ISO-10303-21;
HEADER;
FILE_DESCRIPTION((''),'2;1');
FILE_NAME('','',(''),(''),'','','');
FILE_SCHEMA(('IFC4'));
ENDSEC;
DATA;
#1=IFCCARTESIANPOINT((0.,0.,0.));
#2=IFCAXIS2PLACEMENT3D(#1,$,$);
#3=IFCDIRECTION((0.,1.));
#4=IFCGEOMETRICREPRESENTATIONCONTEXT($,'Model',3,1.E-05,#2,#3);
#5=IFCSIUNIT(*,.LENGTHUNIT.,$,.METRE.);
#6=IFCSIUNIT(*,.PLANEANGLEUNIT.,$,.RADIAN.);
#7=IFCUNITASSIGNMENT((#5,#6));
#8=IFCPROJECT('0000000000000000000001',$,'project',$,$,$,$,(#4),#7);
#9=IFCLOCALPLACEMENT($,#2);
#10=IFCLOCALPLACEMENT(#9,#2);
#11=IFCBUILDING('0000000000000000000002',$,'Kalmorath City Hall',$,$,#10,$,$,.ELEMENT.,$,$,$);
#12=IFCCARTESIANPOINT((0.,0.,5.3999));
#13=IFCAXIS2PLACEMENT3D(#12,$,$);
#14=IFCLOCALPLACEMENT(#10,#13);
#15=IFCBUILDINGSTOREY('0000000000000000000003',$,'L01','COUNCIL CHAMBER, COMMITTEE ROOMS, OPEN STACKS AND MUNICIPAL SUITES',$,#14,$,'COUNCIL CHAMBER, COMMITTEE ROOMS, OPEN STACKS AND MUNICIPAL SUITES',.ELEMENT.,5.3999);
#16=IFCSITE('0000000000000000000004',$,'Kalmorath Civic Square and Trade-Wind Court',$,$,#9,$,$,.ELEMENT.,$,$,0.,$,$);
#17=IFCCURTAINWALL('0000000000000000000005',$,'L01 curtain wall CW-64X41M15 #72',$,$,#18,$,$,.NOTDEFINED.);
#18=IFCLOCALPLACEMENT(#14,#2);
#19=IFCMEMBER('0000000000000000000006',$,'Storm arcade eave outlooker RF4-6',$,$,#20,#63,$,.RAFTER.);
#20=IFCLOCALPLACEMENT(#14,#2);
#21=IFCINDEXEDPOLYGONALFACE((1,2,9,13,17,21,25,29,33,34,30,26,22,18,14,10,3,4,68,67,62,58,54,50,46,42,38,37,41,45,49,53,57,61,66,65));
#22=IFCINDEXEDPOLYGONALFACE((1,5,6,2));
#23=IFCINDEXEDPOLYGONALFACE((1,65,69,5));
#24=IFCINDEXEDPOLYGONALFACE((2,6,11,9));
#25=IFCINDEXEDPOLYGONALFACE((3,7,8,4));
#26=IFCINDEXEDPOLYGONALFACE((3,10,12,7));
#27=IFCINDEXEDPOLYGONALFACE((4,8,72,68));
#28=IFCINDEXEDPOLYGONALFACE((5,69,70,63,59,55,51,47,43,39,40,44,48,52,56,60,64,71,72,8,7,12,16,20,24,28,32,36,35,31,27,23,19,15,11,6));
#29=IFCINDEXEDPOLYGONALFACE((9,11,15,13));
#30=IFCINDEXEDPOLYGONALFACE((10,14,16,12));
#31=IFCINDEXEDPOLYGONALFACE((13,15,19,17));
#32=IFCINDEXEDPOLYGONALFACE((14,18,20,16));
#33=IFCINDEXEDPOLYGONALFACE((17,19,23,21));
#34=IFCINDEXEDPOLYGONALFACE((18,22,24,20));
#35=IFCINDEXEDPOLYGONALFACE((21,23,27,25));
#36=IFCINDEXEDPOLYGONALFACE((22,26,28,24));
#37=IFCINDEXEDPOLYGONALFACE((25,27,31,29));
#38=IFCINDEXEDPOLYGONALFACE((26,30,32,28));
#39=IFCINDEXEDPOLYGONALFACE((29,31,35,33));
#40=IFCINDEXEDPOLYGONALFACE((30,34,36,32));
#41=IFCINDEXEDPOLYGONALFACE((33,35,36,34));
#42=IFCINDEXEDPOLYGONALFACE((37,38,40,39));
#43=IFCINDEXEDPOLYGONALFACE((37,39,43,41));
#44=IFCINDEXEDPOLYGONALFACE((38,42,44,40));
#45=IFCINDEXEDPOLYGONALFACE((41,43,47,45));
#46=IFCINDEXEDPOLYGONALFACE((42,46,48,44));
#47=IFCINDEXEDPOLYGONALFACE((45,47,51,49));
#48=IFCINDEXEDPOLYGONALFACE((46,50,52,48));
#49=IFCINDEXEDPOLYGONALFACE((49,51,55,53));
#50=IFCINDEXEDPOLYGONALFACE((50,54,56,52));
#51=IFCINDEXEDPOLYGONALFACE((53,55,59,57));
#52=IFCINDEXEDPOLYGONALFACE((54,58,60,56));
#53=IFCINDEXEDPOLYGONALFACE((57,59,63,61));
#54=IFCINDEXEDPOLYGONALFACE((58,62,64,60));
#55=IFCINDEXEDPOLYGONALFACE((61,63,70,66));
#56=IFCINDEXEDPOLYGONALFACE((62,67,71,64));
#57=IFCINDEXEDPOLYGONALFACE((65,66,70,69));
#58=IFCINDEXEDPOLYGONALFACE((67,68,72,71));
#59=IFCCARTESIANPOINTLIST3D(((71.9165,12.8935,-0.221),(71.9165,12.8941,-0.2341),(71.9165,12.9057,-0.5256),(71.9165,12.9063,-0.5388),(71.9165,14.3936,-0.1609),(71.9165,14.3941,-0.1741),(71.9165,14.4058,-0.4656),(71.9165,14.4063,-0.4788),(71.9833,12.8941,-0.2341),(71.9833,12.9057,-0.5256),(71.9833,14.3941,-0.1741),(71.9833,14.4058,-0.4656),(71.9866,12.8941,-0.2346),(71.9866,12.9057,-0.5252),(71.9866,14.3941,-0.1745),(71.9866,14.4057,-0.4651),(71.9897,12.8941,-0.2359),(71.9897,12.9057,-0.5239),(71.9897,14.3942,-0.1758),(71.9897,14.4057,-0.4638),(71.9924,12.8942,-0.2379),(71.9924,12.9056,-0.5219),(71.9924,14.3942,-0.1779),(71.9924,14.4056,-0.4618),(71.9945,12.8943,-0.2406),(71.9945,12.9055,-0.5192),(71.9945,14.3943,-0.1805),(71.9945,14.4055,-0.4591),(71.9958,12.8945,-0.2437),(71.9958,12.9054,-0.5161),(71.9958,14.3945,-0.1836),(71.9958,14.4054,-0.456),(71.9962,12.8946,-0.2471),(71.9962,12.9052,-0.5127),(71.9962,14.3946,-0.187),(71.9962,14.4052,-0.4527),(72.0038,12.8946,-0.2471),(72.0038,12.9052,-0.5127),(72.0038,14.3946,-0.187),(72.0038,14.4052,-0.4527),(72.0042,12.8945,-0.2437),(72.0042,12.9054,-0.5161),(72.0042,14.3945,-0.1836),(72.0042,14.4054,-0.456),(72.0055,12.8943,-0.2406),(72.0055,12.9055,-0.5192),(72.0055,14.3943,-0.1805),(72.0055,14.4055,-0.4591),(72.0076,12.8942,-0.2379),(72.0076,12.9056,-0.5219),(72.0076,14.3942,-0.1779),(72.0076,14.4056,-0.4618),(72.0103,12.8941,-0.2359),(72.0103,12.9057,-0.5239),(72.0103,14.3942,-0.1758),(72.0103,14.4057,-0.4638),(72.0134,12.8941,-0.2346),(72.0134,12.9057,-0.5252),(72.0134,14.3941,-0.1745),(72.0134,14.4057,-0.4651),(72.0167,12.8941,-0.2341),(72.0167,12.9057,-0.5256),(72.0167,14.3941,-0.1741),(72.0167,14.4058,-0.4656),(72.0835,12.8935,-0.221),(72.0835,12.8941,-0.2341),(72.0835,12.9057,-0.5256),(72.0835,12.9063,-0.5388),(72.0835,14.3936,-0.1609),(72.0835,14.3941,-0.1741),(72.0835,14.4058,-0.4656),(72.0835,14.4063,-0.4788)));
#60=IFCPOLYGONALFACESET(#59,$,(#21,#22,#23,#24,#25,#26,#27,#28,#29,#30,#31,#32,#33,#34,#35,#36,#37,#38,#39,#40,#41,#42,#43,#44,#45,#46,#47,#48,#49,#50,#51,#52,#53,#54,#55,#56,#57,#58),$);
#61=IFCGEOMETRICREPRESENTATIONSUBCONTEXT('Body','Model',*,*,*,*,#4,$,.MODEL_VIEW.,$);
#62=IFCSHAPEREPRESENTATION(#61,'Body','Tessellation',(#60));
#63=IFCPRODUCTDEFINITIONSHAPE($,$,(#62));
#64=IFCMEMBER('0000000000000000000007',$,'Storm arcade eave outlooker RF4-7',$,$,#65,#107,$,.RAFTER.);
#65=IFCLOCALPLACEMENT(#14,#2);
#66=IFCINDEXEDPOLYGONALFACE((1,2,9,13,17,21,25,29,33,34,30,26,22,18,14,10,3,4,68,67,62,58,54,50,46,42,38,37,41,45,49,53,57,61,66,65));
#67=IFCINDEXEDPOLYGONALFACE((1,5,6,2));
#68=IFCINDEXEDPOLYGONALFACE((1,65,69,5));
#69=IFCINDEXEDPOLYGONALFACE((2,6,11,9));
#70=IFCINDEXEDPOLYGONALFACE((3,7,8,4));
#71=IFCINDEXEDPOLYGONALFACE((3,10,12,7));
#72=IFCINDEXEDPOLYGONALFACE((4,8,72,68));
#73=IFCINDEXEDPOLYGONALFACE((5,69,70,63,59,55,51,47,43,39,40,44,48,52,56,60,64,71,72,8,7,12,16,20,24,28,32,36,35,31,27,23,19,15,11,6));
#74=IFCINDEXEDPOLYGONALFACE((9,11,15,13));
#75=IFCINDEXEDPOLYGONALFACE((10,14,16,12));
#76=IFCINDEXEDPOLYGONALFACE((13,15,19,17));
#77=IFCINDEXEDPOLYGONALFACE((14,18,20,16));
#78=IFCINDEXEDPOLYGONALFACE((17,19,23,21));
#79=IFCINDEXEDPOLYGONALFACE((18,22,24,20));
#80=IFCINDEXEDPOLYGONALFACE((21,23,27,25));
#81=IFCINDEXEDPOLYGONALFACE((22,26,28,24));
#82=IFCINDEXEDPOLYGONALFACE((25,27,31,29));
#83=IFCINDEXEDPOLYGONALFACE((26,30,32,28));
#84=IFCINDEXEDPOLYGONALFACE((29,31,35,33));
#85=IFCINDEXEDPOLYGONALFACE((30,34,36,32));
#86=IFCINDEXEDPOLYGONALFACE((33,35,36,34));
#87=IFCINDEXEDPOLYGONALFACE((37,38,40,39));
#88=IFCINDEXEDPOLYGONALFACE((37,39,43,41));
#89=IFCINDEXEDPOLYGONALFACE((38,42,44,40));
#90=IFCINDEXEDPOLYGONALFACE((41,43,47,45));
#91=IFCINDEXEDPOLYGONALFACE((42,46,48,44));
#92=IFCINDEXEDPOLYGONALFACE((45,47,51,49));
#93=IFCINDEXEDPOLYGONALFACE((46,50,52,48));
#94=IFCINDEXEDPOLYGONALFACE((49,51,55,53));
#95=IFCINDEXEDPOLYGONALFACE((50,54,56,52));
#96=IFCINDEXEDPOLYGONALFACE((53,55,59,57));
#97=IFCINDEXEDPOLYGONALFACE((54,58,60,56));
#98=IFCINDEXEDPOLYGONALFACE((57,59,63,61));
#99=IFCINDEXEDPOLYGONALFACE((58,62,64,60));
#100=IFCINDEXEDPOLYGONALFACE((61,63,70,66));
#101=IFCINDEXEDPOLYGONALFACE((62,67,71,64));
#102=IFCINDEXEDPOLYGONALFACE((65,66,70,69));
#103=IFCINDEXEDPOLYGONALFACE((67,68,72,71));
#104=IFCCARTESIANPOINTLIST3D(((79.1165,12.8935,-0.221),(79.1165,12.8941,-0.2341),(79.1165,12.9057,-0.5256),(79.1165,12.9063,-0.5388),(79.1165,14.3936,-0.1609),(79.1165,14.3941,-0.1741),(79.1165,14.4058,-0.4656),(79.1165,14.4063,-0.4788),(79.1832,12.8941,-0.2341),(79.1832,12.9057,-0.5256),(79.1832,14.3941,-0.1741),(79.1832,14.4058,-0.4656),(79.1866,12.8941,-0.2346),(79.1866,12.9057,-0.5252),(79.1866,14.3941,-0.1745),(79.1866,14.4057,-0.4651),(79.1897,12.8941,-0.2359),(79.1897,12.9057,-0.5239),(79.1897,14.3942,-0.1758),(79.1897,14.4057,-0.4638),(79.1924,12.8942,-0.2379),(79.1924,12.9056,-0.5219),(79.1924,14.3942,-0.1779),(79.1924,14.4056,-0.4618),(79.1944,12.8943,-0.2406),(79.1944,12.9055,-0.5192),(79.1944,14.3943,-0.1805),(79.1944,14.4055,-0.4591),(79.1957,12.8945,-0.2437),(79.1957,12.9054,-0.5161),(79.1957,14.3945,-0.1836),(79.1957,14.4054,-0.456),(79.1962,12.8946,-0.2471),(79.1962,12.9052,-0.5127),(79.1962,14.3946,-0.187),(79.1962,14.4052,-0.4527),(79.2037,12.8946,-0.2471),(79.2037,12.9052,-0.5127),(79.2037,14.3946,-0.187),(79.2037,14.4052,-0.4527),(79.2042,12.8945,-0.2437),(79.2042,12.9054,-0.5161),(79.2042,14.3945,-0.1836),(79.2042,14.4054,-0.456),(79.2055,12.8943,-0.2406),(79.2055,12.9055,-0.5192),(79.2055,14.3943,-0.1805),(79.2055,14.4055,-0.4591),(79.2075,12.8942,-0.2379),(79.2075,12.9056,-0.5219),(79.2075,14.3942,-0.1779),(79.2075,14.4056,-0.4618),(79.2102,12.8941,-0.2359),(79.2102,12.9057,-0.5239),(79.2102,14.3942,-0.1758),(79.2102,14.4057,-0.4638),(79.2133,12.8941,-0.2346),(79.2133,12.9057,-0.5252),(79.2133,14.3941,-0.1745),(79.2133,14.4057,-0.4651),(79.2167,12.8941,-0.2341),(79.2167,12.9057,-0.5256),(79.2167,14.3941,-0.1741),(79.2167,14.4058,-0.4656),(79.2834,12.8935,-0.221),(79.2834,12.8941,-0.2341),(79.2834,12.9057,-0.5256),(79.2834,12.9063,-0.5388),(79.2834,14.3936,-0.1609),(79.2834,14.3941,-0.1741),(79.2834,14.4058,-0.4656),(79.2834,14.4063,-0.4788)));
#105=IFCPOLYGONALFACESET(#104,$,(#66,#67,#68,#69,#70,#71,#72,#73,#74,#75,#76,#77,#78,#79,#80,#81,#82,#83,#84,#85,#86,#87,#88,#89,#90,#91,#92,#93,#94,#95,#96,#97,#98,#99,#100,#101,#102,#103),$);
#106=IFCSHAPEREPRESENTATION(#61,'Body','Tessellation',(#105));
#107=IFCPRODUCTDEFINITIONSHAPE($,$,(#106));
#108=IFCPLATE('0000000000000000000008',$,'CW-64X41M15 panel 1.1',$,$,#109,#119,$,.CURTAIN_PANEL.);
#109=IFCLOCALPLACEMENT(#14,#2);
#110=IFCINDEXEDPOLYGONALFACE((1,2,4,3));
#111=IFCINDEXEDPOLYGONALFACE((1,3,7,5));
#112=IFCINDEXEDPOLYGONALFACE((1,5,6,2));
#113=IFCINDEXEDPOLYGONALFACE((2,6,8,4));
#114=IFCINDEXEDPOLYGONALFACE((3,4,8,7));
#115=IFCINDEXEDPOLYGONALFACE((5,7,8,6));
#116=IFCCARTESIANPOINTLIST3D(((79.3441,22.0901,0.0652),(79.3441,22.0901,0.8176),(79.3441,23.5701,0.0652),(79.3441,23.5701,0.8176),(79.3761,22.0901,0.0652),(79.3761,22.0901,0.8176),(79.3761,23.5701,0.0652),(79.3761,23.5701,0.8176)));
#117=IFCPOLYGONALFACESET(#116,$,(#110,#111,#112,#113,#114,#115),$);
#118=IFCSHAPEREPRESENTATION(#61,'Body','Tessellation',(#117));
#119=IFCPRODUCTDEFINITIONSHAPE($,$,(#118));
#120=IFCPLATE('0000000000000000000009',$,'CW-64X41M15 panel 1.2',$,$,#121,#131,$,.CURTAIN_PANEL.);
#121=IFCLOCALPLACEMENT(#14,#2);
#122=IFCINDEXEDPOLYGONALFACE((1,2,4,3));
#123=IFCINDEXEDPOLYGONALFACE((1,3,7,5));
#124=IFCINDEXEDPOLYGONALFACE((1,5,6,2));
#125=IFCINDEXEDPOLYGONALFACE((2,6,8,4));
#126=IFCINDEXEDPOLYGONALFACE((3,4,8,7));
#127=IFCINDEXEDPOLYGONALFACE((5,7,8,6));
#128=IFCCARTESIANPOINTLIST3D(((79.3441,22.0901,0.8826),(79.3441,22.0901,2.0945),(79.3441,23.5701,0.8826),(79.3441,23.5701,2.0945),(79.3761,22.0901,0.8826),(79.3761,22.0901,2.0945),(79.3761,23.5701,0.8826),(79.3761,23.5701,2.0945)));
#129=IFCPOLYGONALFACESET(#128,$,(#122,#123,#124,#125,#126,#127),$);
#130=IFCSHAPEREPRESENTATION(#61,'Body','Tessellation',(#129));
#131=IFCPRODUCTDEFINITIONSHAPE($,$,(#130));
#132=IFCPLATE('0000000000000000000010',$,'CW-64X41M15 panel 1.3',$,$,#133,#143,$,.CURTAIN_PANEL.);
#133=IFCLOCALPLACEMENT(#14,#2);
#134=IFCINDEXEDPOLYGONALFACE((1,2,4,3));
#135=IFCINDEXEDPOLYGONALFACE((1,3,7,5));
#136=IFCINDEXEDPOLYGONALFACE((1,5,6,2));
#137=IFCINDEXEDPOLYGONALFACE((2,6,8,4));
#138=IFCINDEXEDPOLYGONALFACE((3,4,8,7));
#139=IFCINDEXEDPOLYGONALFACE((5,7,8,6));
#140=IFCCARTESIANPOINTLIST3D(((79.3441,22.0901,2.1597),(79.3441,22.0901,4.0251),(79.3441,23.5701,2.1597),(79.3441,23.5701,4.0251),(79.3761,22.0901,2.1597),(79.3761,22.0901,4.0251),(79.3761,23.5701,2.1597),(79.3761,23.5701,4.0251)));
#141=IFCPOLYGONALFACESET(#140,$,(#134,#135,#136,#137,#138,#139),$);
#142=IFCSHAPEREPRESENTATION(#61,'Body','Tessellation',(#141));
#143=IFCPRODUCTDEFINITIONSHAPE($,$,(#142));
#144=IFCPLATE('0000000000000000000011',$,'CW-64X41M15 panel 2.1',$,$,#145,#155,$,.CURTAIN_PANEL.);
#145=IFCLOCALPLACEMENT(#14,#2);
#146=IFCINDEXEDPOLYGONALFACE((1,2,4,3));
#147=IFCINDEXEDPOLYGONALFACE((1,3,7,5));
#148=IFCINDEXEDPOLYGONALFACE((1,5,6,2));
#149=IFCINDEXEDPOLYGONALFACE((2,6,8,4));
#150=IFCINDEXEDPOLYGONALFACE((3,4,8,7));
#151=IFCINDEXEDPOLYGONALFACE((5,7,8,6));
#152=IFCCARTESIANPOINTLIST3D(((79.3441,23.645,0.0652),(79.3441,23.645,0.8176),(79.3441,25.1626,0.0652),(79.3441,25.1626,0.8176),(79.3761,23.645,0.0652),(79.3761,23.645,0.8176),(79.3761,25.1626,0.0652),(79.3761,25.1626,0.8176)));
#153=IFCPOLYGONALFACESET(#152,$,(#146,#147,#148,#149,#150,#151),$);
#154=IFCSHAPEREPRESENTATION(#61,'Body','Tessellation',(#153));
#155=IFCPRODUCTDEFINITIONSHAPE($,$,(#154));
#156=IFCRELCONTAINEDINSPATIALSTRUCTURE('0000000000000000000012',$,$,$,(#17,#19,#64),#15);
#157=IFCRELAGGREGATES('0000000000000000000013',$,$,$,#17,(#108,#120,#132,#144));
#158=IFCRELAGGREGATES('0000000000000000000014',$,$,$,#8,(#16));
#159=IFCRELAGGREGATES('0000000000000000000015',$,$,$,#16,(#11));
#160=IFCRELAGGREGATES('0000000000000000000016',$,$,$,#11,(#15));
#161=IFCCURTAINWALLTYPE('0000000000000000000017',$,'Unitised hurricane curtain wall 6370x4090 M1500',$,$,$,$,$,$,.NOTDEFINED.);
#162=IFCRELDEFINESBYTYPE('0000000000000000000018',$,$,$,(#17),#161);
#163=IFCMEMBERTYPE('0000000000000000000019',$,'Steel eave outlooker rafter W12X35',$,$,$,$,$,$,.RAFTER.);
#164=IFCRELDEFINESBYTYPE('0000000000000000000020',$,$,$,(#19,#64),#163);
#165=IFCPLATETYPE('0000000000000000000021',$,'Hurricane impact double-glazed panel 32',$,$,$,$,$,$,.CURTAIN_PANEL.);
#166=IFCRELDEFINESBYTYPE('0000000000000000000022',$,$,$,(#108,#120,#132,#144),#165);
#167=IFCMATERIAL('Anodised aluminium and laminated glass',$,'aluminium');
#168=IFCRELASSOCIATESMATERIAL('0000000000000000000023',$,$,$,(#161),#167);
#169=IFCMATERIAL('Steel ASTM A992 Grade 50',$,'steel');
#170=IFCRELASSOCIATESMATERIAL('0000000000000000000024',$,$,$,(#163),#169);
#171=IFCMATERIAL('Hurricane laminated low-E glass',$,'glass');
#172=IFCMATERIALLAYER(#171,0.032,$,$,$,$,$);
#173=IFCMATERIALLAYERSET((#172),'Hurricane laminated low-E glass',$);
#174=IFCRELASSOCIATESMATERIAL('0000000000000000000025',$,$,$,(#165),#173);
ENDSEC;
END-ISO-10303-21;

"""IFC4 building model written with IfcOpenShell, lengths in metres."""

from ifc_helpers import new_model, si_unit, direction, frame, origin, origin_2d, place, context, subcontext, project, spatial, rectangle, i_section, extrude, material, layer, layer_set, material_profile, profile_set, type_object, element, aggregate, save


model = new_model("IFC4")

# Units and contexts
model_context = context("Model", 3, precision=1e-05, world=origin(), true_north=direction((0.0, 1.0)))
body_context = subcontext(model_context, "Body", "Model", "MODEL_VIEW")
ifc_project = project(units=[si_unit("LENGTHUNIT", "METRE"), si_unit("PLANEANGLEUNIT", "RADIAN")], contexts=[model_context])

# Site, building, storey
site_placement = place(None, origin())
site = spatial("IfcSite", under=ifc_project, at=site_placement, Name="Kalmorath Civic Square and Trade-Wind Court", CompositionType="ELEMENT", RefElevation=0.0)
building_placement = place(site_placement, origin())
building = spatial("IfcBuilding", under=site, at=building_placement, Name="Kalmorath City Hall", CompositionType="ELEMENT")
storey_placement = place(building_placement, frame((0.0, 0.0, 5.3999)))
storey = spatial("IfcBuildingStorey", under=building, at=storey_placement, Name="L01", Description="COUNCIL CHAMBER, COMMITTEE ROOMS, OPEN STACKS AND MUNICIPAL SUITES", LongName="COUNCIL CHAMBER, COMMITTEE ROOMS, OPEN STACKS AND MUNICIPAL SUITES", CompositionType="ELEMENT", Elevation=5.3999)

# Curtain wall
ifc_material_1 = material(Name="Anodised aluminium and laminated glass", Category="aluminium")
curtain_wall_type = type_object("IfcCurtainWallType", Name="Unitised hurricane curtain wall 6370x4090 M1500", PredefinedType="NOTDEFINED", material=ifc_material_1)
curtain_wall_placement = place(storey_placement, origin())
curtain_wall = element("IfcCurtainWall", 1, at=curtain_wall_placement, inside=storey, type_object=curtain_wall_type, Name="L01 curtain wall CW-64X41M15 #72", PredefinedType="NOTDEFINED")

# Members
ifc_material_2 = material(Name="Steel ASTM A992 Grade 50", Category="steel")
ifc_material_profile_1 = material_profile(ifc_material_2, i_section(OverallWidth=0.167, OverallDepth=0.3181, WebThickness=0.0076, FlangeThickness=0.0132, FilletRadius=0.0129, at=origin_2d()), Name="W12X35")
ifc_profile_set_1 = profile_set([ifc_material_profile_1], Name="Steel ASTM A992 Grade 50")
member_type_1 = type_object("IfcMemberType", Name="Steel eave outlooker rafter W12X35", PredefinedType="RAFTER", material=ifc_profile_set_1)
for number, where, z_axis, x_axis, name in (
    (2, (72.0, 12.8999, -0.3799), (0.0, 0.999199, 0.040007), (-1.0, 0.0, 0.0), "Storm arcade eave outlooker RF4-6"),
    (3, (79.2, 12.8999, -0.3799), (0.0, 0.999199, 0.040007), (-1.0, 0.0, 0.0), "Storm arcade eave outlooker RF4-7"),
):
    element("IfcMember", number, at=place(storey_placement, frame(where, z_axis=z_axis, x_axis=x_axis)), inside=storey, type_object=member_type_1, Name=name, PredefinedType="RAFTER", context=body_context, shape_type="SweptSolid", body=[
        extrude(i_section(OverallWidth=0.167, OverallDepth=0.3181, WebThickness=0.0076, FlangeThickness=0.0132, FilletRadius=0.0129, at=origin_2d()), origin(), (0.0, 0.0, 1.0), 1.5012),
    ])

# Plates
ifc_material_3 = material(Name="Hurricane laminated low-E glass", Category="glass")
ifc_layer = layer(ifc_material_3, 0.032)
ifc_layer_set = layer_set([ifc_layer], Name="Hurricane laminated low-E glass")
plate_type = type_object("IfcPlateType", Name="Hurricane impact double-glazed panel 32", PredefinedType="CURTAIN_PANEL", material=ifc_layer_set)
plate_1_placement = place(storey_placement, frame((79.3601, 22.8301, 0.0652), z_axis=(0.0, 0.0, 1.0), x_axis=(0.0, 1.0, 0.0)))
plate_1 = element("IfcPlate", 4, at=plate_1_placement, type_object=plate_type, Name="CW-64X41M15 panel 1.1", PredefinedType="CURTAIN_PANEL", context=body_context, shape_type="SweptSolid", body=[
    extrude(rectangle(XDim=1.48, YDim=0.032, at=origin_2d()), origin(), (0.0, 0.0, 1.0), 0.7524),
])
plate_2_placement = place(storey_placement, frame((79.3601, 22.8301, 0.8826), z_axis=(0.0, 0.0, 1.0), x_axis=(0.0, 1.0, 0.0)))
plate_2 = element("IfcPlate", 5, at=plate_2_placement, type_object=plate_type, Name="CW-64X41M15 panel 1.2", PredefinedType="CURTAIN_PANEL", context=body_context, shape_type="SweptSolid", body=[
    extrude(rectangle(XDim=1.48, YDim=0.032, at=origin_2d()), origin(), (0.0, 0.0, 1.0), 1.2119),
])
plate_3_placement = place(storey_placement, frame((79.3601, 22.8301, 2.1597), z_axis=(0.0, 0.0, 1.0), x_axis=(0.0, 1.0, 0.0)))
plate_3 = element("IfcPlate", 6, at=plate_3_placement, type_object=plate_type, Name="CW-64X41M15 panel 1.3", PredefinedType="CURTAIN_PANEL", context=body_context, shape_type="SweptSolid", body=[
    extrude(rectangle(XDim=1.48, YDim=0.032, at=origin_2d()), origin(), (0.0, 0.0, 1.0), 1.8655),
])
plate_4_placement = place(storey_placement, frame((79.3601, 24.4038, 0.0652), z_axis=(0.0, 0.0, 1.0), x_axis=(0.0, 1.0, 0.0)))
plate_4 = element("IfcPlate", 7, at=plate_4_placement, type_object=plate_type, Name="CW-64X41M15 panel 2.1", PredefinedType="CURTAIN_PANEL", context=body_context, shape_type="SweptSolid", body=[
    extrude(rectangle(XDim=1.5176, YDim=0.032, at=origin_2d()), origin(), (0.0, 0.0, 1.0), 0.7524),
])
aggregate(curtain_wall, [plate_1, plate_2, plate_3, plate_4])

save(model, "model.ifc")
